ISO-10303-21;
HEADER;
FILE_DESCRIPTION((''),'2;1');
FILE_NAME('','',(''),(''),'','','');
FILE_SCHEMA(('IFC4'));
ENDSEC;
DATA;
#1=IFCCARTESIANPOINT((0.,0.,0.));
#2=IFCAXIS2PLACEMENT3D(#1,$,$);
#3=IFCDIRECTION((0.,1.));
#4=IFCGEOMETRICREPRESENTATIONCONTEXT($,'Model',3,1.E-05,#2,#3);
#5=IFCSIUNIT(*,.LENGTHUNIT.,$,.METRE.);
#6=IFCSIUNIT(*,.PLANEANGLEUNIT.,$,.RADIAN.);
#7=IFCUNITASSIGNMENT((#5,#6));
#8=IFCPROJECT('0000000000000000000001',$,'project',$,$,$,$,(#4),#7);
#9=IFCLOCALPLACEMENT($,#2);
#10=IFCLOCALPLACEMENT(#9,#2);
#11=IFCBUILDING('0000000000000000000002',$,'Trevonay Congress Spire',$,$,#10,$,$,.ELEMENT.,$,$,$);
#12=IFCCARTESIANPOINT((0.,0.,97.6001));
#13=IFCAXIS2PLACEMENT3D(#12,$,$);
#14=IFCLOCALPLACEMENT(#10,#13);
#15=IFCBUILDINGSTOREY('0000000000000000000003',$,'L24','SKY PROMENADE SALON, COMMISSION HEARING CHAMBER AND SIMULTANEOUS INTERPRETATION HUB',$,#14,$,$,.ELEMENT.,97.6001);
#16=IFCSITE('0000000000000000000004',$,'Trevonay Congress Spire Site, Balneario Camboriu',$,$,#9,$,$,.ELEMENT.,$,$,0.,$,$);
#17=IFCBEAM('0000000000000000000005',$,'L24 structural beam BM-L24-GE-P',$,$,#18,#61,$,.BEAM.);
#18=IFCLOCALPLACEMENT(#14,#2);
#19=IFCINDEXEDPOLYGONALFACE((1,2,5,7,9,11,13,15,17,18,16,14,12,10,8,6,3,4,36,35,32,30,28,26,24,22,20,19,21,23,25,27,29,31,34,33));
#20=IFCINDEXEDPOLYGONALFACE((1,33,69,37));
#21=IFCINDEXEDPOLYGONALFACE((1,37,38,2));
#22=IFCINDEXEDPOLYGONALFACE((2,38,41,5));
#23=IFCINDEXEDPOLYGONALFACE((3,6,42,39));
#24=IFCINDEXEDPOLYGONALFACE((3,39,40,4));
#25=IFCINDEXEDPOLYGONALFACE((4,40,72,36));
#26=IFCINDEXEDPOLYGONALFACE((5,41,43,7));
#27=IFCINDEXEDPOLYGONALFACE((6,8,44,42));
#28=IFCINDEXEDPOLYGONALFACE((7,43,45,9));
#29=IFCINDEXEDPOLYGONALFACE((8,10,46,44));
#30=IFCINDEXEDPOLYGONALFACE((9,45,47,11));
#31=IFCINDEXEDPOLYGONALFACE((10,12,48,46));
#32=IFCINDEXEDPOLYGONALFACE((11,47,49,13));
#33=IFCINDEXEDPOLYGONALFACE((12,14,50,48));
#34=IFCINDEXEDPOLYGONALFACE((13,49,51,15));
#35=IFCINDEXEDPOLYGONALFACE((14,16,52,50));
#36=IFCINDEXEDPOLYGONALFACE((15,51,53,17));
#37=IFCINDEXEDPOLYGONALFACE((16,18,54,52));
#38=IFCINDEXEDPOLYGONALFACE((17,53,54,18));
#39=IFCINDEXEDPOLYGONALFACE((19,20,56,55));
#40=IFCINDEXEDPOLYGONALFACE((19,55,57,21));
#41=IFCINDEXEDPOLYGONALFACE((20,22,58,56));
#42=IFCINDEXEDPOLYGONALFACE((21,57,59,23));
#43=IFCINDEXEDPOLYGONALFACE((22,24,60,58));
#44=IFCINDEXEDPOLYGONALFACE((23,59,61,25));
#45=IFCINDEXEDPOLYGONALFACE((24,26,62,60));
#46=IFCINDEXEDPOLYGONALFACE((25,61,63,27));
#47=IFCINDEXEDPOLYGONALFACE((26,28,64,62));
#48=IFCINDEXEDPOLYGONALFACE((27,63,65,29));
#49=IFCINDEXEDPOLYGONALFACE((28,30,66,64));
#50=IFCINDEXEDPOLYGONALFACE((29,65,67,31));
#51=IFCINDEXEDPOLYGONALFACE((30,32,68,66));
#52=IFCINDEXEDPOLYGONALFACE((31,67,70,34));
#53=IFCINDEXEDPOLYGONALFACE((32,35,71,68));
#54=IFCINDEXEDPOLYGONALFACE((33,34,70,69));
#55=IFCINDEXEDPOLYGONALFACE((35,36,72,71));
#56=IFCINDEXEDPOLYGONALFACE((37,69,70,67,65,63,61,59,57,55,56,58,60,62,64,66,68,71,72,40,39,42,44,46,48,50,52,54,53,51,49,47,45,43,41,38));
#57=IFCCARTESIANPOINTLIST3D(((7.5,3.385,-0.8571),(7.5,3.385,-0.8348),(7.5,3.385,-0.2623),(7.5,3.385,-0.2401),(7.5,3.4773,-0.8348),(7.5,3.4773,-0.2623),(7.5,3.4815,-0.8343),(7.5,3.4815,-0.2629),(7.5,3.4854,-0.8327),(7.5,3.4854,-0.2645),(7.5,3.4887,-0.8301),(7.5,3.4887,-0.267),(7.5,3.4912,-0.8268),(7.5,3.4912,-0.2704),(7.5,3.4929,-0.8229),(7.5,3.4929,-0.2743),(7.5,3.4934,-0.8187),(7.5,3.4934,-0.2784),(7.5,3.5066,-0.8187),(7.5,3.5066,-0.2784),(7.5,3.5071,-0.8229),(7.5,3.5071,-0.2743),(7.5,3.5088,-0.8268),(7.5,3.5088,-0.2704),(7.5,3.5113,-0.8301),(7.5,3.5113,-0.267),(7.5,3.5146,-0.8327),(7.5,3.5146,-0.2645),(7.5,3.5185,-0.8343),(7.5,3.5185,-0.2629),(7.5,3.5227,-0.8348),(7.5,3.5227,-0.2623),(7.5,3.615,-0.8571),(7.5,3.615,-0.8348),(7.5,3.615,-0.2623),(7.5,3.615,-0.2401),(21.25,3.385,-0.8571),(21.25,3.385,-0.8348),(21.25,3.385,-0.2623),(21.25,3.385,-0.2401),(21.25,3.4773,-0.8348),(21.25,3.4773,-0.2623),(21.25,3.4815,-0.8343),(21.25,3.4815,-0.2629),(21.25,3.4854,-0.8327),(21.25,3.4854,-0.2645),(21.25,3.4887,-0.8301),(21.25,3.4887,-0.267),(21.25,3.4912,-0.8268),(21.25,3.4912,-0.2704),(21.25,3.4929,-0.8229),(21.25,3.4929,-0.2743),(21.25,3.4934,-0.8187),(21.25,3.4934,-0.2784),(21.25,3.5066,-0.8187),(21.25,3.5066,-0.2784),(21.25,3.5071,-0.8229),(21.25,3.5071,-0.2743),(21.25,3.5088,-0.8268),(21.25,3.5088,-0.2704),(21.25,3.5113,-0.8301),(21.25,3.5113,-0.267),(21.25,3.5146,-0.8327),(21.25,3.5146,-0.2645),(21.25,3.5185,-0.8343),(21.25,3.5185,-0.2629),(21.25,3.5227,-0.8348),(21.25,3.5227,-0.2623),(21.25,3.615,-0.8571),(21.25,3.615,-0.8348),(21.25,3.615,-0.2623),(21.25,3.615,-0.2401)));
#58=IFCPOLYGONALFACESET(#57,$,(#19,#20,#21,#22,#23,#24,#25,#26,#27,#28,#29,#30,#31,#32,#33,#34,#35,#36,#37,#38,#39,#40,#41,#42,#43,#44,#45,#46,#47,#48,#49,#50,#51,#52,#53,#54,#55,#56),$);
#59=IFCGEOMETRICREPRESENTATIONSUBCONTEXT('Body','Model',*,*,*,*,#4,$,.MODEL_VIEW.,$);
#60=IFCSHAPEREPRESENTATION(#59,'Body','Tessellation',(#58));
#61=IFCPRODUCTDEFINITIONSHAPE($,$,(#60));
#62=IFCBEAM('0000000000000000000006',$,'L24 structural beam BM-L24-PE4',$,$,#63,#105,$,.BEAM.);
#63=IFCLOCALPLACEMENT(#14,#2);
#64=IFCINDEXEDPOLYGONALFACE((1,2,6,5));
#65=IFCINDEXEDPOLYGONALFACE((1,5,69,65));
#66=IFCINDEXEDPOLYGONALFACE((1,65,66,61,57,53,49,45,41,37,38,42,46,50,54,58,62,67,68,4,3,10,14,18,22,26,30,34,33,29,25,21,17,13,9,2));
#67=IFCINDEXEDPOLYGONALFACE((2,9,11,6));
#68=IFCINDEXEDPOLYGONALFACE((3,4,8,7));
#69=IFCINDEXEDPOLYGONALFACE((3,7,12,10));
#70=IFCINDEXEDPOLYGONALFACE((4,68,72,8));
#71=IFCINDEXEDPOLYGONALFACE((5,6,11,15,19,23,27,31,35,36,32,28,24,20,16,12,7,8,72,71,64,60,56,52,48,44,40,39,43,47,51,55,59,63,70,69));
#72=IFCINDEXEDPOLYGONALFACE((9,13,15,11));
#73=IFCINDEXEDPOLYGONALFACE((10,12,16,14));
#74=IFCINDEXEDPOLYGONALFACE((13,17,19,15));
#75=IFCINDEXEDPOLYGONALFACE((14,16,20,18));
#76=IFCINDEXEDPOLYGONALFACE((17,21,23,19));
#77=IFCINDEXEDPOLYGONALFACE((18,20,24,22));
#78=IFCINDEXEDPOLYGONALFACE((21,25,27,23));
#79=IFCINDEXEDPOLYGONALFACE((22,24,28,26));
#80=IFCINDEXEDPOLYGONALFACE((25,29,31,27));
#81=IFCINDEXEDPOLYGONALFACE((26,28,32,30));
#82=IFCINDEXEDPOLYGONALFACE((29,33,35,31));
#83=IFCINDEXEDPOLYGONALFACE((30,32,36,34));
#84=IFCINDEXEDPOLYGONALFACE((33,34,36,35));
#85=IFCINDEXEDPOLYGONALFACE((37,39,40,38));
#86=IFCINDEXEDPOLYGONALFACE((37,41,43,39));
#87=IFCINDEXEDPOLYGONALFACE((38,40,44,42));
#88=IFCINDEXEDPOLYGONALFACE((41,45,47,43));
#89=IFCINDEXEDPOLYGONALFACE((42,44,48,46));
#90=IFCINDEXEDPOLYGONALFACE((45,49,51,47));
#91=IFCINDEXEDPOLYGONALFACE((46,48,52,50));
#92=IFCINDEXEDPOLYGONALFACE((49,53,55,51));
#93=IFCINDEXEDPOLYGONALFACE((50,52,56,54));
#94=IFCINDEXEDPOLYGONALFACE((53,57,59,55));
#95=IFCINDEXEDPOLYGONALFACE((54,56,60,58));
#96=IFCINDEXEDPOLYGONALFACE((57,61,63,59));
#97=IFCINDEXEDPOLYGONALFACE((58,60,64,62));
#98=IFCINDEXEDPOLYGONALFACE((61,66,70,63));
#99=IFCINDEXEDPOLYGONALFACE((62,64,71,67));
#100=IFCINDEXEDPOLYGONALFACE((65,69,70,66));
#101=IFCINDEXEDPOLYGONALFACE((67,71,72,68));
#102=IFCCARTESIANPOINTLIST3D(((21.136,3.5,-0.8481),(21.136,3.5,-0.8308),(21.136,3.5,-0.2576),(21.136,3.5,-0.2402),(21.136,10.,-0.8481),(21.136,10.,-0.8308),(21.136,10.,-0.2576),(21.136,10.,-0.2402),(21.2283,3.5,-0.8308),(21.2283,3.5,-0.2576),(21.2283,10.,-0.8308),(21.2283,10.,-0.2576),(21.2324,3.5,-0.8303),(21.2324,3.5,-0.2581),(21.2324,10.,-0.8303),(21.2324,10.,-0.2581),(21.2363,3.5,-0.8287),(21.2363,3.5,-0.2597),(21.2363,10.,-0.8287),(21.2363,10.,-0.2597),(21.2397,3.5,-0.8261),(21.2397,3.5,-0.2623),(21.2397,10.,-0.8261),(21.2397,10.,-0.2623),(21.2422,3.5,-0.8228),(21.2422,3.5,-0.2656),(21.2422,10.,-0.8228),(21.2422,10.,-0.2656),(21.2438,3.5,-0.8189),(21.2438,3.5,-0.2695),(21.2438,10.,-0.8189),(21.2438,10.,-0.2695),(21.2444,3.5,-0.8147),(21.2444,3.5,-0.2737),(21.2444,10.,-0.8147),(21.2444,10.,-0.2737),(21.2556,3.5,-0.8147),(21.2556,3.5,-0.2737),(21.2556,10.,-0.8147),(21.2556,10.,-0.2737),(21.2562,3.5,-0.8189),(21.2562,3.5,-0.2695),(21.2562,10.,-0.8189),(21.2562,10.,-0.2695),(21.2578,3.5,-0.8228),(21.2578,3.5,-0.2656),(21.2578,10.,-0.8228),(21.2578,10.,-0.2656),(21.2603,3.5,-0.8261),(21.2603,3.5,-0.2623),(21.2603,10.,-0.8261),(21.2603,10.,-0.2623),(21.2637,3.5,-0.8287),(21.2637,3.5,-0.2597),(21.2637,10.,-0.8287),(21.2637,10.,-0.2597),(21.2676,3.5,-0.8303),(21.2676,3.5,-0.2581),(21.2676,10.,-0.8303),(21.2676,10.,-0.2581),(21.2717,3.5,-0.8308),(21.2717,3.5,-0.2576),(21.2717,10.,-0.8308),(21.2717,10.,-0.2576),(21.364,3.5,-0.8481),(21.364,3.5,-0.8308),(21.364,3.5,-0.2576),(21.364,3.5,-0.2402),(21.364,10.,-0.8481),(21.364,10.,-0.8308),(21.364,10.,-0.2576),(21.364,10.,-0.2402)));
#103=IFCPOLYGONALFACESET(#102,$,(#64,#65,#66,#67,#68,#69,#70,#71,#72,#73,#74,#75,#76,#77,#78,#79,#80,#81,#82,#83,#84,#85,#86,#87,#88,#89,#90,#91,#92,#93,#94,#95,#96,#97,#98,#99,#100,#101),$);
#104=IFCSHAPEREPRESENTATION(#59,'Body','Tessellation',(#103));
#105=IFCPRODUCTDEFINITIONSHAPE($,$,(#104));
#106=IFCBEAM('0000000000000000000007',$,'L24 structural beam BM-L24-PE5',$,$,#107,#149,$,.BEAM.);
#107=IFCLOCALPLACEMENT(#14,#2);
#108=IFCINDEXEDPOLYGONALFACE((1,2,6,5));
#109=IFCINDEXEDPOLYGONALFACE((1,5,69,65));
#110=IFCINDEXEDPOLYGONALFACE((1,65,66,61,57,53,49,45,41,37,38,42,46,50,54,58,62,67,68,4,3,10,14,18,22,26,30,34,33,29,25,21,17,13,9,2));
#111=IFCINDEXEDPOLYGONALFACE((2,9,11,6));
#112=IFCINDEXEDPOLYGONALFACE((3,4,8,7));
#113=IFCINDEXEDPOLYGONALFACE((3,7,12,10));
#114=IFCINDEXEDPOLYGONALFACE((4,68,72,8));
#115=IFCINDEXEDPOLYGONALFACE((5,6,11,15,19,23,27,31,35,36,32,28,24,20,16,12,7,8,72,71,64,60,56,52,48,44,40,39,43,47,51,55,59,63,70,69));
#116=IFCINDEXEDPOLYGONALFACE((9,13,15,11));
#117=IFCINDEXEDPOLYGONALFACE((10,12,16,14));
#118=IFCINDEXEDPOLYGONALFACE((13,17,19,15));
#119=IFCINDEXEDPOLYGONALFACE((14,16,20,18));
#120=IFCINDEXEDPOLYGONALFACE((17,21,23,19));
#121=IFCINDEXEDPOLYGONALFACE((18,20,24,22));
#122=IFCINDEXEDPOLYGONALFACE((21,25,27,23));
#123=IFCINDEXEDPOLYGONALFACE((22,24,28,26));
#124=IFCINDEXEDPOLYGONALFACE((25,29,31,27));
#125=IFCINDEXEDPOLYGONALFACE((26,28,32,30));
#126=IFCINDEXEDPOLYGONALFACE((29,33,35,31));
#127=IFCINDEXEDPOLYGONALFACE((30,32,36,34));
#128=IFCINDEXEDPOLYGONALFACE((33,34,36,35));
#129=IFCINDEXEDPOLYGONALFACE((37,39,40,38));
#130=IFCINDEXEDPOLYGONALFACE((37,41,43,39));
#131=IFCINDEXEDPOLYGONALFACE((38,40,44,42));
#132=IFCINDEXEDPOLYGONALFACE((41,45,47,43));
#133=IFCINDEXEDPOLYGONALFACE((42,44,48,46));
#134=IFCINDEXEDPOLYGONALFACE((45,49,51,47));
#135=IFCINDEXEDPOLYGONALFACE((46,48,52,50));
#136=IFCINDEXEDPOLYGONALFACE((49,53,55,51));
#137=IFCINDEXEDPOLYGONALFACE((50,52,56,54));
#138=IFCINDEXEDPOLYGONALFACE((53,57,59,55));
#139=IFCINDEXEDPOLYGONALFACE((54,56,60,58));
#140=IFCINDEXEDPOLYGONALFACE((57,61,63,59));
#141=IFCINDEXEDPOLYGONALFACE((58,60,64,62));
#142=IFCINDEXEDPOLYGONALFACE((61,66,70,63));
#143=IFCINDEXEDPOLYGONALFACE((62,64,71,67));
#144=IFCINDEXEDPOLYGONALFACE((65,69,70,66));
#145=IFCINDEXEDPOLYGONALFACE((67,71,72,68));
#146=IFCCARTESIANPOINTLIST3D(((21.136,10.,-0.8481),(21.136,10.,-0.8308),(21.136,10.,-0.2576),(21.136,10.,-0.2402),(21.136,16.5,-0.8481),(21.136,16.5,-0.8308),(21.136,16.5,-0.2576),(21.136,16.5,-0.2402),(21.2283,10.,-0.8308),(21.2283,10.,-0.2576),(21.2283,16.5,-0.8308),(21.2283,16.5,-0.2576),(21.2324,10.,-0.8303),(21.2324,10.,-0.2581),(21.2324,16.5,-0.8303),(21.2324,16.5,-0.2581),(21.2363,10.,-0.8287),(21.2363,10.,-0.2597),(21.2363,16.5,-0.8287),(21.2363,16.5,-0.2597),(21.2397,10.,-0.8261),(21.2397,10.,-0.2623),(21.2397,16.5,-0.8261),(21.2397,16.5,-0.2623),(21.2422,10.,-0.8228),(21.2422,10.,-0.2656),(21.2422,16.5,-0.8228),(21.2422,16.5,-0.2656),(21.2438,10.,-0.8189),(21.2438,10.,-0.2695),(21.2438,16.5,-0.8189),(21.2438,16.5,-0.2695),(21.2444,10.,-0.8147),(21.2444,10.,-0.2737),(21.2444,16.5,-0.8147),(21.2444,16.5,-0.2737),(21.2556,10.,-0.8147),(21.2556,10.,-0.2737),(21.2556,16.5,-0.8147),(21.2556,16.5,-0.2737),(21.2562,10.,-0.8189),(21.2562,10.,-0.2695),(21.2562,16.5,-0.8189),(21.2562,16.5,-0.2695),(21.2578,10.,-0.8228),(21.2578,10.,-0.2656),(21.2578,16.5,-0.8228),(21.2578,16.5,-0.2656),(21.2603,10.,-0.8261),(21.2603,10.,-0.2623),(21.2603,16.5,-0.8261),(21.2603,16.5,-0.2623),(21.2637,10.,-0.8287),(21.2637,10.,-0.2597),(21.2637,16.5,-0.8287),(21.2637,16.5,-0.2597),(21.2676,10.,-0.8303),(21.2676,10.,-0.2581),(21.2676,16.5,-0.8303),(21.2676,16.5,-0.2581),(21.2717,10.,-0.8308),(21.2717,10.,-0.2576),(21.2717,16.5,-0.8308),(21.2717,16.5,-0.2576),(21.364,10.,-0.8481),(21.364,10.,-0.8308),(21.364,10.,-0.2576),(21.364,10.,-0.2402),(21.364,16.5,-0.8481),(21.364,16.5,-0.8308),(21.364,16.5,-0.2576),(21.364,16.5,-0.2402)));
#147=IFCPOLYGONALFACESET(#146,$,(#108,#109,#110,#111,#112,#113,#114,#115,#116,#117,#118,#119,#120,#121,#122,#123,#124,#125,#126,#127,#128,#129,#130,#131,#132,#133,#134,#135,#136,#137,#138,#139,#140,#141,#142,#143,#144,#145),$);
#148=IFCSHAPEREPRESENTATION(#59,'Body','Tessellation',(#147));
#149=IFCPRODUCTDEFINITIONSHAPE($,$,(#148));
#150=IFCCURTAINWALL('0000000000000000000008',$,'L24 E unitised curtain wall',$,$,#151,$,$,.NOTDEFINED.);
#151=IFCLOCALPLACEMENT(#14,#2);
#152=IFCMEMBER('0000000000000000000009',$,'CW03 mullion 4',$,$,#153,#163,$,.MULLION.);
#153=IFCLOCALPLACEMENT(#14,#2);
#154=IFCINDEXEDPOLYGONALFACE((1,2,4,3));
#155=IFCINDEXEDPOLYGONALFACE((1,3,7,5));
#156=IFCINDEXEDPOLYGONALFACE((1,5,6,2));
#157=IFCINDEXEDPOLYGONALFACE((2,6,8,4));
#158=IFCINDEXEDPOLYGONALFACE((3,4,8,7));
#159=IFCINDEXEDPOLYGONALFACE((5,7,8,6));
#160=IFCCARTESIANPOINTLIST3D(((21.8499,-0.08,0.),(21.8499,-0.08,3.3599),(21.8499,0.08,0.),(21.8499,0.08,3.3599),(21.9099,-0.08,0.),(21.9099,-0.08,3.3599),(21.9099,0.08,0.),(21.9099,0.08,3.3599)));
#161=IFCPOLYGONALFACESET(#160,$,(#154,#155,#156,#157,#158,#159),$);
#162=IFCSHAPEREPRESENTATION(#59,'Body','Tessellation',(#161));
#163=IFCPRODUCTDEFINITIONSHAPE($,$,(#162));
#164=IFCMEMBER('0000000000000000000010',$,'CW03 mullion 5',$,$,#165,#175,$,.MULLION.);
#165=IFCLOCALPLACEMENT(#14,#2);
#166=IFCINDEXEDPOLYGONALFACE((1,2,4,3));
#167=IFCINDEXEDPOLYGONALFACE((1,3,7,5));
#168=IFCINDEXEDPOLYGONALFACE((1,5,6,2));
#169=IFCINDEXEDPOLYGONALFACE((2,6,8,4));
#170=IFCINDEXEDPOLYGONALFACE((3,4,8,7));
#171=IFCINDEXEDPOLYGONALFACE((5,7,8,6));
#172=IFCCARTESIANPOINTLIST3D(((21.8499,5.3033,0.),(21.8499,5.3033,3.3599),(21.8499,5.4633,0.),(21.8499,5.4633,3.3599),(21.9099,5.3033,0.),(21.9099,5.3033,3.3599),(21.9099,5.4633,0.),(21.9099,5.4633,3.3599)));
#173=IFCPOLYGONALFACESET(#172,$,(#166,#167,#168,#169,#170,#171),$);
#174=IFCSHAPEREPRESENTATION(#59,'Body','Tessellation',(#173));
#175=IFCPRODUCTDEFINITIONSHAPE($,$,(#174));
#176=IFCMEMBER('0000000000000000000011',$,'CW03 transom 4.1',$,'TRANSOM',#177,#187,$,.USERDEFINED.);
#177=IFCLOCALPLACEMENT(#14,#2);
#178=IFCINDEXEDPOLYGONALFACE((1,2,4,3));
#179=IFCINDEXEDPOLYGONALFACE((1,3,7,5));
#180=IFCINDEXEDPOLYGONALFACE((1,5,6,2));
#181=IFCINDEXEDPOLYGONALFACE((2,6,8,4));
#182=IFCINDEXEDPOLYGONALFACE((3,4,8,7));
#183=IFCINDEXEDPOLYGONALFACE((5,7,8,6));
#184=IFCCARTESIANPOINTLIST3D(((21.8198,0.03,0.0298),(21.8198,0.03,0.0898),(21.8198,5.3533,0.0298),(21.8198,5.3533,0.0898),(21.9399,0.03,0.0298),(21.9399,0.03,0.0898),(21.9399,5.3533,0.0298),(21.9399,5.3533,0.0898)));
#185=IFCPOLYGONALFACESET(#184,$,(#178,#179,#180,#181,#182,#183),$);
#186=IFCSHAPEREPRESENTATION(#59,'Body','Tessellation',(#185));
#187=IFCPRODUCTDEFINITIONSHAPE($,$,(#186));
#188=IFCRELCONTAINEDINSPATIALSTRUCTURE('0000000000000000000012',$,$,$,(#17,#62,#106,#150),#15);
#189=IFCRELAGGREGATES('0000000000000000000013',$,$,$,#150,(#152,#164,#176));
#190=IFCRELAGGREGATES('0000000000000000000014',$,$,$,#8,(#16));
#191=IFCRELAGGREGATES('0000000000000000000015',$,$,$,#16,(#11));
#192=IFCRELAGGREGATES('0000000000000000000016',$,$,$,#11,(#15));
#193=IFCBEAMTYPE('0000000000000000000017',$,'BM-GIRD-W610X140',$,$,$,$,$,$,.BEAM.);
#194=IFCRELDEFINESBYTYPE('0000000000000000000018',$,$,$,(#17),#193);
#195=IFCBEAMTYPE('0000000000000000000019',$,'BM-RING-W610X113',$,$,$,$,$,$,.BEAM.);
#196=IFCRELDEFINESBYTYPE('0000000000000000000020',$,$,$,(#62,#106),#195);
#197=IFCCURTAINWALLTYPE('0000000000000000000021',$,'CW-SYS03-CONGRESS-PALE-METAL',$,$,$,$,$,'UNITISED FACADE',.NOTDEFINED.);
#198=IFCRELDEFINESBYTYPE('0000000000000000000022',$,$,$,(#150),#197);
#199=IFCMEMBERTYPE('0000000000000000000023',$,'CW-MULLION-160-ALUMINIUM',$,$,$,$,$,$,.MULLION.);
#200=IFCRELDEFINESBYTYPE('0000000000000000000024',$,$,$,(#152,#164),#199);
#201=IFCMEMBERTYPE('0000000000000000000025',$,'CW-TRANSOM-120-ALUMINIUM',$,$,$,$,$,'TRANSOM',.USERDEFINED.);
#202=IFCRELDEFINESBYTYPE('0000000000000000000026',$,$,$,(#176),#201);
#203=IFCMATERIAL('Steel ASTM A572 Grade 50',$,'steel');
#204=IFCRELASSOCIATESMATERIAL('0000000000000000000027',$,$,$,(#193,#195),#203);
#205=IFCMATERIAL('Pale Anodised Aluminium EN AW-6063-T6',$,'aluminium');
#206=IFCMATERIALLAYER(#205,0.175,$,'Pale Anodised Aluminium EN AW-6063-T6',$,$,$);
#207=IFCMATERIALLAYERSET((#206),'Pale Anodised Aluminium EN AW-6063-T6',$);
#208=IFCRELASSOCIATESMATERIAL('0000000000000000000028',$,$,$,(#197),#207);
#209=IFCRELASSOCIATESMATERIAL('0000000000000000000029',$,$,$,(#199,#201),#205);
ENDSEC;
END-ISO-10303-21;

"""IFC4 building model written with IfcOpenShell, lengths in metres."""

from ifc_helpers import new_model, si_unit, direction, frame, origin, origin_2d, place, context, subcontext, project, spatial, rectangle, i_section, extrude, material, layer, layer_set, material_profile, profile_set, type_object, element, aggregate, save


model = new_model("IFC4")

# Units and contexts
model_context = context("Model", 3, precision=1e-05, world=origin(), true_north=direction((0.0, 1.0)))
body_context = subcontext(model_context, "Body", "Model", "MODEL_VIEW")
ifc_project = project(units=[si_unit("LENGTHUNIT", "METRE"), si_unit("PLANEANGLEUNIT", "RADIAN")], contexts=[model_context])

# Site, building, storey
site_placement = place(None, origin())
site = spatial("IfcSite", under=ifc_project, at=site_placement, Name="Trevonay Congress Spire Site, Balneario Camboriu", CompositionType="ELEMENT", RefElevation=0.0)
building_placement = place(site_placement, origin())
building = spatial("IfcBuilding", under=site, at=building_placement, Name="Trevonay Congress Spire", CompositionType="ELEMENT")
storey_placement = place(building_placement, frame((0.0, 0.0, 97.6001)))
storey = spatial("IfcBuildingStorey", under=building, at=storey_placement, Name="L24", Description="SKY PROMENADE SALON, COMMISSION HEARING CHAMBER AND SIMULTANEOUS INTERPRETATION HUB", CompositionType="ELEMENT", Elevation=97.6001)

# Shared definitions
ifc_material_1 = material(Name="Steel ASTM A572 Grade 50", Category="steel")

# Beams
ifc_material_profile_1 = material_profile(ifc_material_1, i_section(OverallWidth=0.23, OverallDepth=0.6169, WebThickness=0.0132, FlangeThickness=0.0222, FilletRadius=0.0161, at=origin_2d()), Name="W610x140")
ifc_profile_set_1 = profile_set([ifc_material_profile_1], Name="Steel ASTM A572 Grade 50")
beam_type_1 = type_object("IfcBeamType", Name="BM-GIRD-W610X140", PredefinedType="BEAM", material=ifc_profile_set_1)
beam_1_placement = place(storey_placement, frame((7.5, 3.5, -0.5486), z_axis=(1.0, 0.0, 0.0), x_axis=(0.0, 1.0, 0.0)))
element("IfcBeam", 1, at=beam_1_placement, inside=storey, type_object=beam_type_1, Name="L24 structural beam BM-L24-GE-P", PredefinedType="BEAM", context=body_context, shape_type="SweptSolid", body=[
    extrude(i_section(OverallWidth=0.23, OverallDepth=0.6169, WebThickness=0.0132, FlangeThickness=0.0222, FilletRadius=0.0161, at=origin_2d()), origin(), (0.0, 0.0, 1.0), 13.75),
])
ifc_material_profile_2 = material_profile(ifc_material_1, i_section(OverallWidth=0.228, OverallDepth=0.6079, WebThickness=0.0112, FlangeThickness=0.0173, FilletRadius=0.0161, at=origin_2d()), Name="W610x113")
ifc_profile_set_2 = profile_set([ifc_material_profile_2], Name="Steel ASTM A572 Grade 50")
beam_type_2 = type_object("IfcBeamType", Name="BM-RING-W610X113", PredefinedType="BEAM", material=ifc_profile_set_2)
for number, where, z_axis, x_axis, name in (
    (2, (21.25, 3.5, -0.5442), (0.0, 1.0, 0.0), (-1.0, 0.0, 0.0), "L24 structural beam BM-L24-PE4"),
    (3, (21.25, 10.0, -0.5442), (0.0, 1.0, 0.0), (-1.0, 0.0, 0.0), "L24 structural beam BM-L24-PE5"),
):
    element("IfcBeam", number, at=place(storey_placement, frame(where, z_axis=z_axis, x_axis=x_axis)), inside=storey, type_object=beam_type_2, Name=name, PredefinedType="BEAM", context=body_context, shape_type="SweptSolid", body=[
        extrude(i_section(OverallWidth=0.228, OverallDepth=0.6079, WebThickness=0.0112, FlangeThickness=0.0173, FilletRadius=0.0161, at=origin_2d()), origin(), (0.0, 0.0, 1.0), 6.5),
    ])

# Curtain wall, members
ifc_material_2 = material(Name="Pale Anodised Aluminium EN AW-6063-T6", Category="aluminium")
ifc_layer_1 = layer(ifc_material_2, 0.175, Name="Pale Anodised Aluminium EN AW-6063-T6")
ifc_layer_set_1 = layer_set([ifc_layer_1], Name="Pale Anodised Aluminium EN AW-6063-T6")
curtain_wall_type = type_object("IfcCurtainWallType", Name="CW-SYS03-CONGRESS-PALE-METAL", ElementType="UNITISED FACADE", PredefinedType="NOTDEFINED", material=ifc_layer_set_1)
curtain_wall_placement = place(storey_placement, origin())
curtain_wall = element("IfcCurtainWall", 4, at=curtain_wall_placement, inside=storey, type_object=curtain_wall_type, Name="L24 E unitised curtain wall", PredefinedType="NOTDEFINED")
ifc_material_profile_3 = material_profile(ifc_material_2, rectangle(XDim=0.0601, YDim=0.1599, at=origin_2d()), Name="CW-MULLION-160-ALUMINIUM")
ifc_profile_set_3 = profile_set([ifc_material_profile_3], Name="Pale Anodised Aluminium EN AW-6063-T6")
member_type_1 = type_object("IfcMemberType", Name="CW-MULLION-160-ALUMINIUM", PredefinedType="MULLION", material=ifc_profile_set_3)
member_1_placement = place(storey_placement, frame((21.8799, 0.0, 0.0), z_axis=(0.0, 0.0, 1.0), x_axis=(-1.0, 0.0, 0.0)))
member_1 = element("IfcMember", 5, at=member_1_placement, type_object=member_type_1, Name="CW03 mullion 4", PredefinedType="MULLION", context=body_context, shape_type="SweptSolid", body=[
    extrude(rectangle(XDim=0.0601, YDim=0.1599, at=origin_2d()), origin(), (0.0, 0.0, 1.0), 3.3599),
])
member_2_placement = place(storey_placement, frame((21.8799, 5.3833, 0.0), z_axis=(0.0, 0.0, 1.0), x_axis=(-1.0, 0.0, 0.0)))
member_2 = element("IfcMember", 6, at=member_2_placement, type_object=member_type_1, Name="CW03 mullion 5", PredefinedType="MULLION", context=body_context, shape_type="SweptSolid", body=[
    extrude(rectangle(XDim=0.0601, YDim=0.1599, at=origin_2d()), origin(), (0.0, 0.0, 1.0), 3.3599),
])
ifc_material_profile_4 = material_profile(ifc_material_2, rectangle(XDim=0.1201, YDim=0.0601, at=origin_2d()), Name="CW-TRANSOM-120-ALUMINIUM")
ifc_profile_set_4 = profile_set([ifc_material_profile_4], Name="Pale Anodised Aluminium EN AW-6063-T6")
member_type_2 = type_object("IfcMemberType", Name="CW-TRANSOM-120-ALUMINIUM", ElementType="TRANSOM", PredefinedType="USERDEFINED", material=ifc_profile_set_4)
member_3_placement = place(storey_placement, frame((21.8799, 0.03, 0.0598), z_axis=(0.0, 1.0, 0.0), x_axis=(-1.0, 0.0, 0.0)))
member_3 = element("IfcMember", 7, at=member_3_placement, type_object=member_type_2, Name="CW03 transom 4.1", ObjectType="TRANSOM", PredefinedType="USERDEFINED", context=body_context, shape_type="SweptSolid", body=[
    extrude(rectangle(XDim=0.1201, YDim=0.0601, at=origin_2d()), origin(), (0.0, 0.0, 1.0), 5.3232),
])

aggregate(curtain_wall, [member_1, member_2, member_3])

save(model, "model.ifc")
